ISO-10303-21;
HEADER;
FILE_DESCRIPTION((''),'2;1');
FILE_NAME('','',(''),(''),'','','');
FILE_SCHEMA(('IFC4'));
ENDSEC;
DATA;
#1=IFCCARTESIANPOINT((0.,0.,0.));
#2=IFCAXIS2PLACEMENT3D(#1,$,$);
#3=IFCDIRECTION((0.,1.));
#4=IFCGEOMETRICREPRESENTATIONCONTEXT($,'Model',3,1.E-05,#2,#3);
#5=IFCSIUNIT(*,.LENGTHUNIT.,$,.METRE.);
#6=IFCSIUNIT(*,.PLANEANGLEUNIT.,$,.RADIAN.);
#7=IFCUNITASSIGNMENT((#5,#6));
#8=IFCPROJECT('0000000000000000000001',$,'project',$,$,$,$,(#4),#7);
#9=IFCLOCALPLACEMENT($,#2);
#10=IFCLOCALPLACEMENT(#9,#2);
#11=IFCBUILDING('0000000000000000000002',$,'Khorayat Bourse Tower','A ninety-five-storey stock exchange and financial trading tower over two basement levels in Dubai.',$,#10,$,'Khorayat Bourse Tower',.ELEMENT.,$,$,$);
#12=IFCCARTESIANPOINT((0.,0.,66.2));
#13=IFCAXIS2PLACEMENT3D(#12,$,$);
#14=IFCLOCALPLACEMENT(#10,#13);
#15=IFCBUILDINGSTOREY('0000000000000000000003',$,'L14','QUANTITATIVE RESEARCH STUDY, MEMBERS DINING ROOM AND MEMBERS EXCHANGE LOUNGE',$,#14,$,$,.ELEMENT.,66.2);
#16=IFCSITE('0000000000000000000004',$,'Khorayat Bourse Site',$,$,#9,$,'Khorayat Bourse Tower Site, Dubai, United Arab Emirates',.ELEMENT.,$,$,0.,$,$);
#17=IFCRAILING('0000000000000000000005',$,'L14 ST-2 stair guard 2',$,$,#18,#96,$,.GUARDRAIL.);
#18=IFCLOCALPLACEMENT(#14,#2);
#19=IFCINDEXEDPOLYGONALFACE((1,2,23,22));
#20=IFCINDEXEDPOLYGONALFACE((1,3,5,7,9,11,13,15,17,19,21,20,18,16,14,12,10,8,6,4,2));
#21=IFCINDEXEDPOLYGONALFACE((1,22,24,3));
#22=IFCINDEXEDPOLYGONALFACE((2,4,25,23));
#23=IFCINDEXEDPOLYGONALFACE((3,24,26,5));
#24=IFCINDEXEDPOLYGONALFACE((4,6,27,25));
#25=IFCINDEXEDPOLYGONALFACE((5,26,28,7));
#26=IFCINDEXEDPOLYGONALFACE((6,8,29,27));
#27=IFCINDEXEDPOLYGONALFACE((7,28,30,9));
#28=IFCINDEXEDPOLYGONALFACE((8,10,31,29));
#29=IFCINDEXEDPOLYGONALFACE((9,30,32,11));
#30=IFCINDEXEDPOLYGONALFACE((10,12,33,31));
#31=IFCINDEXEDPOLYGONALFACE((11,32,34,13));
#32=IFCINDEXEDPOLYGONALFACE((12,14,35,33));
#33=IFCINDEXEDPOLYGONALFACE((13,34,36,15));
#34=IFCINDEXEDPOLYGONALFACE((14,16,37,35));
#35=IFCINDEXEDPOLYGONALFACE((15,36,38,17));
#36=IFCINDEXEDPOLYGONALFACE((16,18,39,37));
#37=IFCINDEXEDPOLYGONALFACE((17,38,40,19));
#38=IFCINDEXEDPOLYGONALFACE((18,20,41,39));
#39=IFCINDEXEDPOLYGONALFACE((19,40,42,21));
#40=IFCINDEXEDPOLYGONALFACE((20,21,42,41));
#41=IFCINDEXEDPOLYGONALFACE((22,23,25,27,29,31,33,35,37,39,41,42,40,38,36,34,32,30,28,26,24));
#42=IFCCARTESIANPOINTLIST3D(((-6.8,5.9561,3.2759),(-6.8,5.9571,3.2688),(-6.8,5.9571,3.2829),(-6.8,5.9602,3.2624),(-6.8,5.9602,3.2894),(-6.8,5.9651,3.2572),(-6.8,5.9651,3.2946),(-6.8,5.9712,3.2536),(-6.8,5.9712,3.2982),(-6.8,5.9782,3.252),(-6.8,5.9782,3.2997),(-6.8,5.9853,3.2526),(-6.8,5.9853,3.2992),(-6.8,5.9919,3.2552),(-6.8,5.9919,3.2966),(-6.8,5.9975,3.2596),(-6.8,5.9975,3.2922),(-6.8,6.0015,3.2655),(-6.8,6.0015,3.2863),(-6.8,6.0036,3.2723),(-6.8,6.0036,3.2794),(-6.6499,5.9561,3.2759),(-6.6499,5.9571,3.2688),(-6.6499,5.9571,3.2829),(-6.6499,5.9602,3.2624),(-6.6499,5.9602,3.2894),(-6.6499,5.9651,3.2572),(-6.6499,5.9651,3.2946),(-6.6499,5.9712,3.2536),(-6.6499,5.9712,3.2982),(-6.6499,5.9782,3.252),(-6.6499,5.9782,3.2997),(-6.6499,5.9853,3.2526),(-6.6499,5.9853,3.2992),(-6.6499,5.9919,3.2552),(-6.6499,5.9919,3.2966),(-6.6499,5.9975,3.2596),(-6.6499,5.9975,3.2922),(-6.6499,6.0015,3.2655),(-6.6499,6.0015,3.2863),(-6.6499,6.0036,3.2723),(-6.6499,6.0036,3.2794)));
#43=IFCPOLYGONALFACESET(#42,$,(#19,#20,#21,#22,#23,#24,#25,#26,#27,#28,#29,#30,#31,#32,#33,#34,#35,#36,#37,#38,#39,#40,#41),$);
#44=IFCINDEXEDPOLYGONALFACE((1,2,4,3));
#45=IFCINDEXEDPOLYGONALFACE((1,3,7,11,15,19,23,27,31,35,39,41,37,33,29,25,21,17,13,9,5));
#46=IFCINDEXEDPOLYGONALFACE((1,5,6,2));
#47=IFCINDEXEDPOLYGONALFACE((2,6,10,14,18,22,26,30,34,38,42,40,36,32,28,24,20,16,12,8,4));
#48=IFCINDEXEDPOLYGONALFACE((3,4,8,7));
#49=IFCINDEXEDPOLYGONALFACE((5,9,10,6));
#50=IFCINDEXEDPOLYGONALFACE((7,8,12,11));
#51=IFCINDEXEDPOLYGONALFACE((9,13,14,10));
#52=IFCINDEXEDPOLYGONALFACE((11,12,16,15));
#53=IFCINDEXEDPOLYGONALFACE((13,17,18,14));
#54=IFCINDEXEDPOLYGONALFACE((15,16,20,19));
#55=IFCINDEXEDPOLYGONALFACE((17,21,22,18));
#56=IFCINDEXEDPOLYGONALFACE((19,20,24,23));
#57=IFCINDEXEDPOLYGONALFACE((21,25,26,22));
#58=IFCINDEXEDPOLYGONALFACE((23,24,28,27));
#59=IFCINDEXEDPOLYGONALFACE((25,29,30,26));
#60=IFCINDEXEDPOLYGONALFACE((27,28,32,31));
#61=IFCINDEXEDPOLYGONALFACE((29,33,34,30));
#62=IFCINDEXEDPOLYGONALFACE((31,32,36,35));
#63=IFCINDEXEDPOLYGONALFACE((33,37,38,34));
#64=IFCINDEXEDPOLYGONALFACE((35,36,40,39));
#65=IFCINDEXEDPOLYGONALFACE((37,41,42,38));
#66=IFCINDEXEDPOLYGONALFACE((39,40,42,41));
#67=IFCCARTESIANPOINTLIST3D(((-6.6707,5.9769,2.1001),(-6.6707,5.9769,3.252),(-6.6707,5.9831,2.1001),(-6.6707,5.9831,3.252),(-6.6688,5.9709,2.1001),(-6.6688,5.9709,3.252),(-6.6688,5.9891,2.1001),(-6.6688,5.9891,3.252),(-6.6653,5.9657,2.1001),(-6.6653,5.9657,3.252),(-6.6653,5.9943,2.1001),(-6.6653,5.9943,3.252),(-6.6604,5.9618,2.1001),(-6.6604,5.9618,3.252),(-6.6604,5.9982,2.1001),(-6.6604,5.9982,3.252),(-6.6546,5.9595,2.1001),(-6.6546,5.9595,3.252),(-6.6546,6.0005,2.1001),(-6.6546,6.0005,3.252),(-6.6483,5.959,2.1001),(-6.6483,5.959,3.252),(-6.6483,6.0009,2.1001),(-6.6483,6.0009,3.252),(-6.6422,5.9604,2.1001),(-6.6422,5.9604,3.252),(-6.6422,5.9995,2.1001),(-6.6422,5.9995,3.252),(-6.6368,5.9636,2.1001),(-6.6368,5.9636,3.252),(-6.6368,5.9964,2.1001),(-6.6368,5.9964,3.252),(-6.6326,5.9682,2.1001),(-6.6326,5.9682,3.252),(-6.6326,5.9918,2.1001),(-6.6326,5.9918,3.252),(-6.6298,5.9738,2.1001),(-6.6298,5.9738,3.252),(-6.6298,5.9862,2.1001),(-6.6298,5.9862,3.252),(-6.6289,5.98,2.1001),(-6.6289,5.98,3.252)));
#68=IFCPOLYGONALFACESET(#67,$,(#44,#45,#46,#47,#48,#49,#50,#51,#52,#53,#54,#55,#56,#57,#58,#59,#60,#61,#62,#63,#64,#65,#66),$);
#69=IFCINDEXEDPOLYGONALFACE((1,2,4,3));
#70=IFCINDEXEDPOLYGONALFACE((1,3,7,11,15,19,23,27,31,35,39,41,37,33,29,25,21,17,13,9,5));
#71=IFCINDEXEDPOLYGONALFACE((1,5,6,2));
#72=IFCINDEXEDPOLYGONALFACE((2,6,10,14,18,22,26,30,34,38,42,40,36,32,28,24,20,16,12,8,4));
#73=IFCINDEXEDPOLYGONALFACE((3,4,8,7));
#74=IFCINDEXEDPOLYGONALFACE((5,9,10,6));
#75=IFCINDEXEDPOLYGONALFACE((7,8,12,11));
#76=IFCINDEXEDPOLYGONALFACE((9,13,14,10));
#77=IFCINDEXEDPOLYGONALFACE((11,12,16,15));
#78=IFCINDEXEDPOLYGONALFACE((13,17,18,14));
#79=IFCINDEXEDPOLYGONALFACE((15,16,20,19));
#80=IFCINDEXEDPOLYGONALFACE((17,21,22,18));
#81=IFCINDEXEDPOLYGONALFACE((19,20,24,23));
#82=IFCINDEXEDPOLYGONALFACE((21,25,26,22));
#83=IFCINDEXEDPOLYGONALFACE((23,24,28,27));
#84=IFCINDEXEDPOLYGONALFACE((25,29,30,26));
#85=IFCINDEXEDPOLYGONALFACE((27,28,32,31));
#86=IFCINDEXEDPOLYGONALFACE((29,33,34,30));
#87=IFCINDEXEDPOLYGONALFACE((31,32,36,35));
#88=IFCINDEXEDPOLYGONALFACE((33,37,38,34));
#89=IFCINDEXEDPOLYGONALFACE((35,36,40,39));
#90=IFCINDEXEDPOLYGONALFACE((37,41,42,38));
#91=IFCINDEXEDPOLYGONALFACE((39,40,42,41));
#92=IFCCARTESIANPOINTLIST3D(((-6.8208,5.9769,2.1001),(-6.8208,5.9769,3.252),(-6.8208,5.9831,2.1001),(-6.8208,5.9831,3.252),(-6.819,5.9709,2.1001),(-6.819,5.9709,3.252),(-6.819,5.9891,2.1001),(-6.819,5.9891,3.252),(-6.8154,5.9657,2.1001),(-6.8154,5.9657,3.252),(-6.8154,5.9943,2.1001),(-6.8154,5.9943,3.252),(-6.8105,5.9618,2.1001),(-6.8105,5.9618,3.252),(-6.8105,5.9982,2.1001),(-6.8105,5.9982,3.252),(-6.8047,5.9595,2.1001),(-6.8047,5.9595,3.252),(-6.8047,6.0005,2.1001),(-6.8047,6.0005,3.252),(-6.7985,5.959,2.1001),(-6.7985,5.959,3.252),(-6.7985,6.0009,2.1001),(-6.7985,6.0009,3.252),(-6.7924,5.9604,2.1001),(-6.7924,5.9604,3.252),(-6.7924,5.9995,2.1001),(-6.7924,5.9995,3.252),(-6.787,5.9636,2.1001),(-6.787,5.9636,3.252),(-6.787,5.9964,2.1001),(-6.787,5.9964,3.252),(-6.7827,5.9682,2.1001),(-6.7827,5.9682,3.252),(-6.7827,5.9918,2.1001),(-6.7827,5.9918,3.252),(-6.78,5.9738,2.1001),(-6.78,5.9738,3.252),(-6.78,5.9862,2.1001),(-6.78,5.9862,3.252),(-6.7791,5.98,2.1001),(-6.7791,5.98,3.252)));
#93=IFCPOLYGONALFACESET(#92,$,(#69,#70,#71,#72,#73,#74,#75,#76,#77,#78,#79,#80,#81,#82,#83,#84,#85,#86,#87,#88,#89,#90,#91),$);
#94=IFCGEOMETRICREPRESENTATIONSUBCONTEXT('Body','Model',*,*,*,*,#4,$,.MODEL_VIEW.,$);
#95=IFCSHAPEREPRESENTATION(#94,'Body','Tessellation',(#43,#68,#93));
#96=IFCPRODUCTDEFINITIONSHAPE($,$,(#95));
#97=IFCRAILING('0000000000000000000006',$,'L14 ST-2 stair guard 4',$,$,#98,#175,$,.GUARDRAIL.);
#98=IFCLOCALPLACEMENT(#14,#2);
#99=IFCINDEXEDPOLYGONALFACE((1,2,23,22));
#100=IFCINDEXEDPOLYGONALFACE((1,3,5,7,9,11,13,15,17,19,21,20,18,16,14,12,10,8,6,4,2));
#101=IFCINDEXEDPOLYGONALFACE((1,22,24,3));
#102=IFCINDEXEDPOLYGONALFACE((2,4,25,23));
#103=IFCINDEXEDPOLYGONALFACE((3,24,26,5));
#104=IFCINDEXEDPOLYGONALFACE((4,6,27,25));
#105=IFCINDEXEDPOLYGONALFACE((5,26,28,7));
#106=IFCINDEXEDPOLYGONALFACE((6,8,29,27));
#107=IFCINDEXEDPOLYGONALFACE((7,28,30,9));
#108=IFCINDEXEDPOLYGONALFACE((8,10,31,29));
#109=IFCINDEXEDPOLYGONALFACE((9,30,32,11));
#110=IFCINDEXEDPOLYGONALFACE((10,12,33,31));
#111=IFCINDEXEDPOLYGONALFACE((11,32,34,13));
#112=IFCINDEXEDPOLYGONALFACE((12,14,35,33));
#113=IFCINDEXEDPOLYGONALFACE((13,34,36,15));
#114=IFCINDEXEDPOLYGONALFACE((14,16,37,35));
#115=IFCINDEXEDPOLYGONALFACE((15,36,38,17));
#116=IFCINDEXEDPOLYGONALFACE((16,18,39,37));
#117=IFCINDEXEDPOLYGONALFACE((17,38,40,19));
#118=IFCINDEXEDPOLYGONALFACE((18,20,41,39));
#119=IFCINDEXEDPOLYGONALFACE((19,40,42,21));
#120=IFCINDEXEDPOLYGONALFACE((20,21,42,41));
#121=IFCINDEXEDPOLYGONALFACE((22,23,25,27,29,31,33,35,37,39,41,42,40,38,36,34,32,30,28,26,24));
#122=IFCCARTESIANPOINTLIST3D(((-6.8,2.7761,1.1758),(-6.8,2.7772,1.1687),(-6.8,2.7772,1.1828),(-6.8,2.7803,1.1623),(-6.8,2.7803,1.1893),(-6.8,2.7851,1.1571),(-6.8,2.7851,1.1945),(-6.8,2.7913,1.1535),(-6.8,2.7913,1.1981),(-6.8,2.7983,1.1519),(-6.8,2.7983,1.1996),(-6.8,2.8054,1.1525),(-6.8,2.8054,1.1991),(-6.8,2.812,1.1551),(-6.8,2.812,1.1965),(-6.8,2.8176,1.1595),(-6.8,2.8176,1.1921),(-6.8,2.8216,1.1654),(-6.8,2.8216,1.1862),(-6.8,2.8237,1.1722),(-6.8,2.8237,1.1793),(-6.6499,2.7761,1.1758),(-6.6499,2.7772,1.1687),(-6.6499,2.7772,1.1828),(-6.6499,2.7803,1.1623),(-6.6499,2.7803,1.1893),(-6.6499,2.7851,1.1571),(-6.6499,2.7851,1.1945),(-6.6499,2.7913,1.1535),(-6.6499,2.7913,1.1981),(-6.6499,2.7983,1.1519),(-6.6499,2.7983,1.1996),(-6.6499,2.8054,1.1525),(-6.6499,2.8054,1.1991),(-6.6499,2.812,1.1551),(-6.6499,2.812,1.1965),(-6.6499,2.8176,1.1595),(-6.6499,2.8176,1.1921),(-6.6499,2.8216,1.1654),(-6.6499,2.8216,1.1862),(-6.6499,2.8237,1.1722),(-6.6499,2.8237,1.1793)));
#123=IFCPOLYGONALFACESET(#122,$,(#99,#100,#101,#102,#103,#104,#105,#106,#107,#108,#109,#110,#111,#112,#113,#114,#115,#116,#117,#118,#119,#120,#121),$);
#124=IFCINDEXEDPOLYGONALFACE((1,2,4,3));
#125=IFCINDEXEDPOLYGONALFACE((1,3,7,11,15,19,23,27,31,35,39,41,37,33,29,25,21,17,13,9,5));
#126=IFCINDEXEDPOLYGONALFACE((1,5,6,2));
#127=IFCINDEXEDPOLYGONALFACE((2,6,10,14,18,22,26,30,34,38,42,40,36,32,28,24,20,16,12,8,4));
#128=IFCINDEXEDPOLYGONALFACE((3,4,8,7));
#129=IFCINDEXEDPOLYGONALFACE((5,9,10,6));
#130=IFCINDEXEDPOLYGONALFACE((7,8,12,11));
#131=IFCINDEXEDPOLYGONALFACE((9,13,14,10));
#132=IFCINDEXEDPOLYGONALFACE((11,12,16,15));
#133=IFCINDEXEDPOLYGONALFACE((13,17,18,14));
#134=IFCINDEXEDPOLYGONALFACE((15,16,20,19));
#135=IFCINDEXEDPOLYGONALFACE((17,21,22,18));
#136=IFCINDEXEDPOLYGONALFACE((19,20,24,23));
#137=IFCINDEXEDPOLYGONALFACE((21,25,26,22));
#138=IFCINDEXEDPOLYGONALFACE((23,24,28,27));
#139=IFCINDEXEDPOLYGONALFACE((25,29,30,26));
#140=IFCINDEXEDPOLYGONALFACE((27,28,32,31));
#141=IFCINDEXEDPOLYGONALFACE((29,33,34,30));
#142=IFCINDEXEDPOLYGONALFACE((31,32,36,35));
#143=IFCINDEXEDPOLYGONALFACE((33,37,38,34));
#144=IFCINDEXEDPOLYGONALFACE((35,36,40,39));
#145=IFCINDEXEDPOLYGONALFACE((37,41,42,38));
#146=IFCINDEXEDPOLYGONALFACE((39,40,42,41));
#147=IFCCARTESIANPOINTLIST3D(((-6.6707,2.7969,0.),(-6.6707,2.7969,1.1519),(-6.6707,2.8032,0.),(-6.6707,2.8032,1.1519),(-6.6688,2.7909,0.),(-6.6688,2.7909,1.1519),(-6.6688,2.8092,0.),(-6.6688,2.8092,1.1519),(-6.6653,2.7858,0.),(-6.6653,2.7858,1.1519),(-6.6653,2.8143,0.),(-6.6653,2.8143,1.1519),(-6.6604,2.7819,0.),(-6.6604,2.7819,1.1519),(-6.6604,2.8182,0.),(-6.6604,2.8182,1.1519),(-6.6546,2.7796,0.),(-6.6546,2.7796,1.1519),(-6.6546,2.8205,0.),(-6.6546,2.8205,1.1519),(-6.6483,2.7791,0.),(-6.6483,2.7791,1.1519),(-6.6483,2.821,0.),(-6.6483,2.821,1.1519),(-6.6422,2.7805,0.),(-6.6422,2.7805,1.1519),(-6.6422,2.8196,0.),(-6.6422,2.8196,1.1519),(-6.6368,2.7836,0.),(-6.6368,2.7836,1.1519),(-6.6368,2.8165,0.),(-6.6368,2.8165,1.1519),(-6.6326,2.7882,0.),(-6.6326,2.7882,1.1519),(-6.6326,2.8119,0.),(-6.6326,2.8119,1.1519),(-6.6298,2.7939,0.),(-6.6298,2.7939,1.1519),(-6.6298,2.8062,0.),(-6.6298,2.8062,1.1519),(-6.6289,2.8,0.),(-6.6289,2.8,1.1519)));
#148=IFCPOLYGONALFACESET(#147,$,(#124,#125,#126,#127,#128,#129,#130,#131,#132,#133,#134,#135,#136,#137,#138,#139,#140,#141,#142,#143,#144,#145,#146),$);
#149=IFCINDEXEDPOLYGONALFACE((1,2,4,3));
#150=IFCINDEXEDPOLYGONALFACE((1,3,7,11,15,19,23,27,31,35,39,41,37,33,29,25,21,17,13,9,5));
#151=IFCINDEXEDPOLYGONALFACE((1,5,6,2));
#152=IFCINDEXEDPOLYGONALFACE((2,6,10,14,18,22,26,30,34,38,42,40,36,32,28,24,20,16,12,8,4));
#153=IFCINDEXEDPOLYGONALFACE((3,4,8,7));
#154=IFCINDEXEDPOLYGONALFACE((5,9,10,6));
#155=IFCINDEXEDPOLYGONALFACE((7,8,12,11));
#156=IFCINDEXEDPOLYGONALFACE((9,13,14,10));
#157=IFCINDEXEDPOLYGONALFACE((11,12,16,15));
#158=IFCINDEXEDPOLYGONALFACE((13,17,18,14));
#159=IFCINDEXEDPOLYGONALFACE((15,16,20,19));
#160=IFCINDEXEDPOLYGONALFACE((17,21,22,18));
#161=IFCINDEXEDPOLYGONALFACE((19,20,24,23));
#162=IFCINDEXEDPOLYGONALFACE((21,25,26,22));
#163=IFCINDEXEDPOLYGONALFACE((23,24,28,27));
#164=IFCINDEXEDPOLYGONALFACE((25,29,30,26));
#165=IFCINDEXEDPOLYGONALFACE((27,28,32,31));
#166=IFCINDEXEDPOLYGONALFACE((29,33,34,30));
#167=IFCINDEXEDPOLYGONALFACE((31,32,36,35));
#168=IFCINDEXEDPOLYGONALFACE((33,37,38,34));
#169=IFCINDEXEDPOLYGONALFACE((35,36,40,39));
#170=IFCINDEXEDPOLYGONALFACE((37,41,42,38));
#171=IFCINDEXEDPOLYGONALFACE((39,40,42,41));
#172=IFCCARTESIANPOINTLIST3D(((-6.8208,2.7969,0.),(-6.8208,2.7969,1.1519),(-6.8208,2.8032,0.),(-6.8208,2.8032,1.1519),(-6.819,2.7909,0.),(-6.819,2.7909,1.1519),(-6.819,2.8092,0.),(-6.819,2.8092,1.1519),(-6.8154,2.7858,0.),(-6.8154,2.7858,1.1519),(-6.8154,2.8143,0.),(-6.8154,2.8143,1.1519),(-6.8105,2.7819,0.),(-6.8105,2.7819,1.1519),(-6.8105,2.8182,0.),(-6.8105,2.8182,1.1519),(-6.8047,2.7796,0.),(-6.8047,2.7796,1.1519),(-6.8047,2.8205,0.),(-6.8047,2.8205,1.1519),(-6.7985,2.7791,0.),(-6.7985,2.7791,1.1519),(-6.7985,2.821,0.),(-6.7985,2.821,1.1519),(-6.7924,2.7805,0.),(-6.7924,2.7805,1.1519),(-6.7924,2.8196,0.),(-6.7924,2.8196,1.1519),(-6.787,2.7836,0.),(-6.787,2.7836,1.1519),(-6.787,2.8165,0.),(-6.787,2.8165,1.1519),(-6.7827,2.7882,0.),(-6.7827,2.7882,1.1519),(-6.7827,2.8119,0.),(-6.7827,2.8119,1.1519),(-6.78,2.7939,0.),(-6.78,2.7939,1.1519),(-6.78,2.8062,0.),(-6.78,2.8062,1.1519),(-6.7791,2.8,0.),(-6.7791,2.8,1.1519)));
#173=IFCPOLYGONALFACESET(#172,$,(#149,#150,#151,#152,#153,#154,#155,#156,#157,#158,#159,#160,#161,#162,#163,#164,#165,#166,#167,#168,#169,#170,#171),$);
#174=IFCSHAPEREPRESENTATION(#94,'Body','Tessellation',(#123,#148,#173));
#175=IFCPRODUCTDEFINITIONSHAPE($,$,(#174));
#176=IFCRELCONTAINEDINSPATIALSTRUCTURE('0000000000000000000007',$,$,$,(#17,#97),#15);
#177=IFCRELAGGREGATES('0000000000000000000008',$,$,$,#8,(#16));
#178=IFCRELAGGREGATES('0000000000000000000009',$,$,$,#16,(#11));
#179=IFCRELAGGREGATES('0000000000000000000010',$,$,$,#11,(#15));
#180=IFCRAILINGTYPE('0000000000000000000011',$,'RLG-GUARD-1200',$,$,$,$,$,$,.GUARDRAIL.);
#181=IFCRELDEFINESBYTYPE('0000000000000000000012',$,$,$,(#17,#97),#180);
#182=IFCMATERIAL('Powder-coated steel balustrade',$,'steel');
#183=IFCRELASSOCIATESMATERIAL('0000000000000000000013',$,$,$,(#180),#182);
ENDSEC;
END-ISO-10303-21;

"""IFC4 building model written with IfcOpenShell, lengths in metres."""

from ifc_helpers import new_model, si_unit, direction, frame, origin, origin_2d, place, context, subcontext, project, spatial, circle, extrude, source, transform, mapped, material, type_object, element, save


model = new_model("IFC4")

# Units and contexts
model_context = context("Model", 3, precision=1e-05, world=origin(), true_north=direction((0.0, 1.0)))
body_context = subcontext(model_context, "Body", "Model", "MODEL_VIEW")
ifc_project = project(units=[si_unit("LENGTHUNIT", "METRE"), si_unit("PLANEANGLEUNIT", "RADIAN")], contexts=[model_context])

# Site, building, storey
site_placement = place(None, origin())
site = spatial("IfcSite", under=ifc_project, at=site_placement, Name="Khorayat Bourse Site", LongName="Khorayat Bourse Tower Site, Dubai, United Arab Emirates", CompositionType="ELEMENT", RefElevation=0.0)
building_placement = place(site_placement, origin())
building = spatial("IfcBuilding", under=site, at=building_placement, Name="Khorayat Bourse Tower", Description="A ninety-five-storey stock exchange and financial trading tower over two basement levels in Dubai.", LongName="Khorayat Bourse Tower", CompositionType="ELEMENT")
storey_placement = place(building_placement, frame((0.0, 0.0, 66.2)))
storey = spatial("IfcBuildingStorey", under=building, at=storey_placement, Name="L14", Description="QUANTITATIVE RESEARCH STUDY, MEMBERS DINING ROOM AND MEMBERS EXCHANGE LOUNGE", CompositionType="ELEMENT", Elevation=66.2)

# Railings
ifc_material_1 = material(Name="Powder-coated steel balustrade", Category="steel")
railing_type_1 = type_object("IfcRailingType", Name="RLG-GUARD-1200", PredefinedType="GUARDRAIL", material=ifc_material_1)
shared_shape_1 = source(origin(), body_context, "Body", "SweptSolid", [
    extrude(circle(Radius=0.0239, at=origin_2d()), frame((0.0, 0.0, 1.1758), z_axis=(-1.0, 0.0, 0.0), x_axis=(0.0, -1.0, 0.0)), (0.0, 0.0, 1.0), 0.1501),
    extrude(circle(Radius=0.021, at=origin_2d()), origin(), (0.0, 0.0, 1.0), 1.1519),
    extrude(circle(Radius=0.021, at=origin_2d()), frame((-0.1501, 0.0, 0.0)), (0.0, 0.0, 1.0), 1.1519),
])
for number, where, name in (
    (1, (-6.6499, 5.98, 2.1001), "L14 ST-2 stair guard 2"),
    (2, (-6.6499, 2.8, 0.0), "L14 ST-2 stair guard 4"),
):
    element("IfcRailing", number, at=place(storey_placement, frame(where)), inside=storey, type_object=railing_type_1, Name=name, PredefinedType="GUARDRAIL", context=body_context, shape_type="MappedRepresentation", body=[
        mapped(shared_shape_1, transform((0.0, 0.0, 0.0), scale=1.0)),
    ])

save(model, "model.ifc")
